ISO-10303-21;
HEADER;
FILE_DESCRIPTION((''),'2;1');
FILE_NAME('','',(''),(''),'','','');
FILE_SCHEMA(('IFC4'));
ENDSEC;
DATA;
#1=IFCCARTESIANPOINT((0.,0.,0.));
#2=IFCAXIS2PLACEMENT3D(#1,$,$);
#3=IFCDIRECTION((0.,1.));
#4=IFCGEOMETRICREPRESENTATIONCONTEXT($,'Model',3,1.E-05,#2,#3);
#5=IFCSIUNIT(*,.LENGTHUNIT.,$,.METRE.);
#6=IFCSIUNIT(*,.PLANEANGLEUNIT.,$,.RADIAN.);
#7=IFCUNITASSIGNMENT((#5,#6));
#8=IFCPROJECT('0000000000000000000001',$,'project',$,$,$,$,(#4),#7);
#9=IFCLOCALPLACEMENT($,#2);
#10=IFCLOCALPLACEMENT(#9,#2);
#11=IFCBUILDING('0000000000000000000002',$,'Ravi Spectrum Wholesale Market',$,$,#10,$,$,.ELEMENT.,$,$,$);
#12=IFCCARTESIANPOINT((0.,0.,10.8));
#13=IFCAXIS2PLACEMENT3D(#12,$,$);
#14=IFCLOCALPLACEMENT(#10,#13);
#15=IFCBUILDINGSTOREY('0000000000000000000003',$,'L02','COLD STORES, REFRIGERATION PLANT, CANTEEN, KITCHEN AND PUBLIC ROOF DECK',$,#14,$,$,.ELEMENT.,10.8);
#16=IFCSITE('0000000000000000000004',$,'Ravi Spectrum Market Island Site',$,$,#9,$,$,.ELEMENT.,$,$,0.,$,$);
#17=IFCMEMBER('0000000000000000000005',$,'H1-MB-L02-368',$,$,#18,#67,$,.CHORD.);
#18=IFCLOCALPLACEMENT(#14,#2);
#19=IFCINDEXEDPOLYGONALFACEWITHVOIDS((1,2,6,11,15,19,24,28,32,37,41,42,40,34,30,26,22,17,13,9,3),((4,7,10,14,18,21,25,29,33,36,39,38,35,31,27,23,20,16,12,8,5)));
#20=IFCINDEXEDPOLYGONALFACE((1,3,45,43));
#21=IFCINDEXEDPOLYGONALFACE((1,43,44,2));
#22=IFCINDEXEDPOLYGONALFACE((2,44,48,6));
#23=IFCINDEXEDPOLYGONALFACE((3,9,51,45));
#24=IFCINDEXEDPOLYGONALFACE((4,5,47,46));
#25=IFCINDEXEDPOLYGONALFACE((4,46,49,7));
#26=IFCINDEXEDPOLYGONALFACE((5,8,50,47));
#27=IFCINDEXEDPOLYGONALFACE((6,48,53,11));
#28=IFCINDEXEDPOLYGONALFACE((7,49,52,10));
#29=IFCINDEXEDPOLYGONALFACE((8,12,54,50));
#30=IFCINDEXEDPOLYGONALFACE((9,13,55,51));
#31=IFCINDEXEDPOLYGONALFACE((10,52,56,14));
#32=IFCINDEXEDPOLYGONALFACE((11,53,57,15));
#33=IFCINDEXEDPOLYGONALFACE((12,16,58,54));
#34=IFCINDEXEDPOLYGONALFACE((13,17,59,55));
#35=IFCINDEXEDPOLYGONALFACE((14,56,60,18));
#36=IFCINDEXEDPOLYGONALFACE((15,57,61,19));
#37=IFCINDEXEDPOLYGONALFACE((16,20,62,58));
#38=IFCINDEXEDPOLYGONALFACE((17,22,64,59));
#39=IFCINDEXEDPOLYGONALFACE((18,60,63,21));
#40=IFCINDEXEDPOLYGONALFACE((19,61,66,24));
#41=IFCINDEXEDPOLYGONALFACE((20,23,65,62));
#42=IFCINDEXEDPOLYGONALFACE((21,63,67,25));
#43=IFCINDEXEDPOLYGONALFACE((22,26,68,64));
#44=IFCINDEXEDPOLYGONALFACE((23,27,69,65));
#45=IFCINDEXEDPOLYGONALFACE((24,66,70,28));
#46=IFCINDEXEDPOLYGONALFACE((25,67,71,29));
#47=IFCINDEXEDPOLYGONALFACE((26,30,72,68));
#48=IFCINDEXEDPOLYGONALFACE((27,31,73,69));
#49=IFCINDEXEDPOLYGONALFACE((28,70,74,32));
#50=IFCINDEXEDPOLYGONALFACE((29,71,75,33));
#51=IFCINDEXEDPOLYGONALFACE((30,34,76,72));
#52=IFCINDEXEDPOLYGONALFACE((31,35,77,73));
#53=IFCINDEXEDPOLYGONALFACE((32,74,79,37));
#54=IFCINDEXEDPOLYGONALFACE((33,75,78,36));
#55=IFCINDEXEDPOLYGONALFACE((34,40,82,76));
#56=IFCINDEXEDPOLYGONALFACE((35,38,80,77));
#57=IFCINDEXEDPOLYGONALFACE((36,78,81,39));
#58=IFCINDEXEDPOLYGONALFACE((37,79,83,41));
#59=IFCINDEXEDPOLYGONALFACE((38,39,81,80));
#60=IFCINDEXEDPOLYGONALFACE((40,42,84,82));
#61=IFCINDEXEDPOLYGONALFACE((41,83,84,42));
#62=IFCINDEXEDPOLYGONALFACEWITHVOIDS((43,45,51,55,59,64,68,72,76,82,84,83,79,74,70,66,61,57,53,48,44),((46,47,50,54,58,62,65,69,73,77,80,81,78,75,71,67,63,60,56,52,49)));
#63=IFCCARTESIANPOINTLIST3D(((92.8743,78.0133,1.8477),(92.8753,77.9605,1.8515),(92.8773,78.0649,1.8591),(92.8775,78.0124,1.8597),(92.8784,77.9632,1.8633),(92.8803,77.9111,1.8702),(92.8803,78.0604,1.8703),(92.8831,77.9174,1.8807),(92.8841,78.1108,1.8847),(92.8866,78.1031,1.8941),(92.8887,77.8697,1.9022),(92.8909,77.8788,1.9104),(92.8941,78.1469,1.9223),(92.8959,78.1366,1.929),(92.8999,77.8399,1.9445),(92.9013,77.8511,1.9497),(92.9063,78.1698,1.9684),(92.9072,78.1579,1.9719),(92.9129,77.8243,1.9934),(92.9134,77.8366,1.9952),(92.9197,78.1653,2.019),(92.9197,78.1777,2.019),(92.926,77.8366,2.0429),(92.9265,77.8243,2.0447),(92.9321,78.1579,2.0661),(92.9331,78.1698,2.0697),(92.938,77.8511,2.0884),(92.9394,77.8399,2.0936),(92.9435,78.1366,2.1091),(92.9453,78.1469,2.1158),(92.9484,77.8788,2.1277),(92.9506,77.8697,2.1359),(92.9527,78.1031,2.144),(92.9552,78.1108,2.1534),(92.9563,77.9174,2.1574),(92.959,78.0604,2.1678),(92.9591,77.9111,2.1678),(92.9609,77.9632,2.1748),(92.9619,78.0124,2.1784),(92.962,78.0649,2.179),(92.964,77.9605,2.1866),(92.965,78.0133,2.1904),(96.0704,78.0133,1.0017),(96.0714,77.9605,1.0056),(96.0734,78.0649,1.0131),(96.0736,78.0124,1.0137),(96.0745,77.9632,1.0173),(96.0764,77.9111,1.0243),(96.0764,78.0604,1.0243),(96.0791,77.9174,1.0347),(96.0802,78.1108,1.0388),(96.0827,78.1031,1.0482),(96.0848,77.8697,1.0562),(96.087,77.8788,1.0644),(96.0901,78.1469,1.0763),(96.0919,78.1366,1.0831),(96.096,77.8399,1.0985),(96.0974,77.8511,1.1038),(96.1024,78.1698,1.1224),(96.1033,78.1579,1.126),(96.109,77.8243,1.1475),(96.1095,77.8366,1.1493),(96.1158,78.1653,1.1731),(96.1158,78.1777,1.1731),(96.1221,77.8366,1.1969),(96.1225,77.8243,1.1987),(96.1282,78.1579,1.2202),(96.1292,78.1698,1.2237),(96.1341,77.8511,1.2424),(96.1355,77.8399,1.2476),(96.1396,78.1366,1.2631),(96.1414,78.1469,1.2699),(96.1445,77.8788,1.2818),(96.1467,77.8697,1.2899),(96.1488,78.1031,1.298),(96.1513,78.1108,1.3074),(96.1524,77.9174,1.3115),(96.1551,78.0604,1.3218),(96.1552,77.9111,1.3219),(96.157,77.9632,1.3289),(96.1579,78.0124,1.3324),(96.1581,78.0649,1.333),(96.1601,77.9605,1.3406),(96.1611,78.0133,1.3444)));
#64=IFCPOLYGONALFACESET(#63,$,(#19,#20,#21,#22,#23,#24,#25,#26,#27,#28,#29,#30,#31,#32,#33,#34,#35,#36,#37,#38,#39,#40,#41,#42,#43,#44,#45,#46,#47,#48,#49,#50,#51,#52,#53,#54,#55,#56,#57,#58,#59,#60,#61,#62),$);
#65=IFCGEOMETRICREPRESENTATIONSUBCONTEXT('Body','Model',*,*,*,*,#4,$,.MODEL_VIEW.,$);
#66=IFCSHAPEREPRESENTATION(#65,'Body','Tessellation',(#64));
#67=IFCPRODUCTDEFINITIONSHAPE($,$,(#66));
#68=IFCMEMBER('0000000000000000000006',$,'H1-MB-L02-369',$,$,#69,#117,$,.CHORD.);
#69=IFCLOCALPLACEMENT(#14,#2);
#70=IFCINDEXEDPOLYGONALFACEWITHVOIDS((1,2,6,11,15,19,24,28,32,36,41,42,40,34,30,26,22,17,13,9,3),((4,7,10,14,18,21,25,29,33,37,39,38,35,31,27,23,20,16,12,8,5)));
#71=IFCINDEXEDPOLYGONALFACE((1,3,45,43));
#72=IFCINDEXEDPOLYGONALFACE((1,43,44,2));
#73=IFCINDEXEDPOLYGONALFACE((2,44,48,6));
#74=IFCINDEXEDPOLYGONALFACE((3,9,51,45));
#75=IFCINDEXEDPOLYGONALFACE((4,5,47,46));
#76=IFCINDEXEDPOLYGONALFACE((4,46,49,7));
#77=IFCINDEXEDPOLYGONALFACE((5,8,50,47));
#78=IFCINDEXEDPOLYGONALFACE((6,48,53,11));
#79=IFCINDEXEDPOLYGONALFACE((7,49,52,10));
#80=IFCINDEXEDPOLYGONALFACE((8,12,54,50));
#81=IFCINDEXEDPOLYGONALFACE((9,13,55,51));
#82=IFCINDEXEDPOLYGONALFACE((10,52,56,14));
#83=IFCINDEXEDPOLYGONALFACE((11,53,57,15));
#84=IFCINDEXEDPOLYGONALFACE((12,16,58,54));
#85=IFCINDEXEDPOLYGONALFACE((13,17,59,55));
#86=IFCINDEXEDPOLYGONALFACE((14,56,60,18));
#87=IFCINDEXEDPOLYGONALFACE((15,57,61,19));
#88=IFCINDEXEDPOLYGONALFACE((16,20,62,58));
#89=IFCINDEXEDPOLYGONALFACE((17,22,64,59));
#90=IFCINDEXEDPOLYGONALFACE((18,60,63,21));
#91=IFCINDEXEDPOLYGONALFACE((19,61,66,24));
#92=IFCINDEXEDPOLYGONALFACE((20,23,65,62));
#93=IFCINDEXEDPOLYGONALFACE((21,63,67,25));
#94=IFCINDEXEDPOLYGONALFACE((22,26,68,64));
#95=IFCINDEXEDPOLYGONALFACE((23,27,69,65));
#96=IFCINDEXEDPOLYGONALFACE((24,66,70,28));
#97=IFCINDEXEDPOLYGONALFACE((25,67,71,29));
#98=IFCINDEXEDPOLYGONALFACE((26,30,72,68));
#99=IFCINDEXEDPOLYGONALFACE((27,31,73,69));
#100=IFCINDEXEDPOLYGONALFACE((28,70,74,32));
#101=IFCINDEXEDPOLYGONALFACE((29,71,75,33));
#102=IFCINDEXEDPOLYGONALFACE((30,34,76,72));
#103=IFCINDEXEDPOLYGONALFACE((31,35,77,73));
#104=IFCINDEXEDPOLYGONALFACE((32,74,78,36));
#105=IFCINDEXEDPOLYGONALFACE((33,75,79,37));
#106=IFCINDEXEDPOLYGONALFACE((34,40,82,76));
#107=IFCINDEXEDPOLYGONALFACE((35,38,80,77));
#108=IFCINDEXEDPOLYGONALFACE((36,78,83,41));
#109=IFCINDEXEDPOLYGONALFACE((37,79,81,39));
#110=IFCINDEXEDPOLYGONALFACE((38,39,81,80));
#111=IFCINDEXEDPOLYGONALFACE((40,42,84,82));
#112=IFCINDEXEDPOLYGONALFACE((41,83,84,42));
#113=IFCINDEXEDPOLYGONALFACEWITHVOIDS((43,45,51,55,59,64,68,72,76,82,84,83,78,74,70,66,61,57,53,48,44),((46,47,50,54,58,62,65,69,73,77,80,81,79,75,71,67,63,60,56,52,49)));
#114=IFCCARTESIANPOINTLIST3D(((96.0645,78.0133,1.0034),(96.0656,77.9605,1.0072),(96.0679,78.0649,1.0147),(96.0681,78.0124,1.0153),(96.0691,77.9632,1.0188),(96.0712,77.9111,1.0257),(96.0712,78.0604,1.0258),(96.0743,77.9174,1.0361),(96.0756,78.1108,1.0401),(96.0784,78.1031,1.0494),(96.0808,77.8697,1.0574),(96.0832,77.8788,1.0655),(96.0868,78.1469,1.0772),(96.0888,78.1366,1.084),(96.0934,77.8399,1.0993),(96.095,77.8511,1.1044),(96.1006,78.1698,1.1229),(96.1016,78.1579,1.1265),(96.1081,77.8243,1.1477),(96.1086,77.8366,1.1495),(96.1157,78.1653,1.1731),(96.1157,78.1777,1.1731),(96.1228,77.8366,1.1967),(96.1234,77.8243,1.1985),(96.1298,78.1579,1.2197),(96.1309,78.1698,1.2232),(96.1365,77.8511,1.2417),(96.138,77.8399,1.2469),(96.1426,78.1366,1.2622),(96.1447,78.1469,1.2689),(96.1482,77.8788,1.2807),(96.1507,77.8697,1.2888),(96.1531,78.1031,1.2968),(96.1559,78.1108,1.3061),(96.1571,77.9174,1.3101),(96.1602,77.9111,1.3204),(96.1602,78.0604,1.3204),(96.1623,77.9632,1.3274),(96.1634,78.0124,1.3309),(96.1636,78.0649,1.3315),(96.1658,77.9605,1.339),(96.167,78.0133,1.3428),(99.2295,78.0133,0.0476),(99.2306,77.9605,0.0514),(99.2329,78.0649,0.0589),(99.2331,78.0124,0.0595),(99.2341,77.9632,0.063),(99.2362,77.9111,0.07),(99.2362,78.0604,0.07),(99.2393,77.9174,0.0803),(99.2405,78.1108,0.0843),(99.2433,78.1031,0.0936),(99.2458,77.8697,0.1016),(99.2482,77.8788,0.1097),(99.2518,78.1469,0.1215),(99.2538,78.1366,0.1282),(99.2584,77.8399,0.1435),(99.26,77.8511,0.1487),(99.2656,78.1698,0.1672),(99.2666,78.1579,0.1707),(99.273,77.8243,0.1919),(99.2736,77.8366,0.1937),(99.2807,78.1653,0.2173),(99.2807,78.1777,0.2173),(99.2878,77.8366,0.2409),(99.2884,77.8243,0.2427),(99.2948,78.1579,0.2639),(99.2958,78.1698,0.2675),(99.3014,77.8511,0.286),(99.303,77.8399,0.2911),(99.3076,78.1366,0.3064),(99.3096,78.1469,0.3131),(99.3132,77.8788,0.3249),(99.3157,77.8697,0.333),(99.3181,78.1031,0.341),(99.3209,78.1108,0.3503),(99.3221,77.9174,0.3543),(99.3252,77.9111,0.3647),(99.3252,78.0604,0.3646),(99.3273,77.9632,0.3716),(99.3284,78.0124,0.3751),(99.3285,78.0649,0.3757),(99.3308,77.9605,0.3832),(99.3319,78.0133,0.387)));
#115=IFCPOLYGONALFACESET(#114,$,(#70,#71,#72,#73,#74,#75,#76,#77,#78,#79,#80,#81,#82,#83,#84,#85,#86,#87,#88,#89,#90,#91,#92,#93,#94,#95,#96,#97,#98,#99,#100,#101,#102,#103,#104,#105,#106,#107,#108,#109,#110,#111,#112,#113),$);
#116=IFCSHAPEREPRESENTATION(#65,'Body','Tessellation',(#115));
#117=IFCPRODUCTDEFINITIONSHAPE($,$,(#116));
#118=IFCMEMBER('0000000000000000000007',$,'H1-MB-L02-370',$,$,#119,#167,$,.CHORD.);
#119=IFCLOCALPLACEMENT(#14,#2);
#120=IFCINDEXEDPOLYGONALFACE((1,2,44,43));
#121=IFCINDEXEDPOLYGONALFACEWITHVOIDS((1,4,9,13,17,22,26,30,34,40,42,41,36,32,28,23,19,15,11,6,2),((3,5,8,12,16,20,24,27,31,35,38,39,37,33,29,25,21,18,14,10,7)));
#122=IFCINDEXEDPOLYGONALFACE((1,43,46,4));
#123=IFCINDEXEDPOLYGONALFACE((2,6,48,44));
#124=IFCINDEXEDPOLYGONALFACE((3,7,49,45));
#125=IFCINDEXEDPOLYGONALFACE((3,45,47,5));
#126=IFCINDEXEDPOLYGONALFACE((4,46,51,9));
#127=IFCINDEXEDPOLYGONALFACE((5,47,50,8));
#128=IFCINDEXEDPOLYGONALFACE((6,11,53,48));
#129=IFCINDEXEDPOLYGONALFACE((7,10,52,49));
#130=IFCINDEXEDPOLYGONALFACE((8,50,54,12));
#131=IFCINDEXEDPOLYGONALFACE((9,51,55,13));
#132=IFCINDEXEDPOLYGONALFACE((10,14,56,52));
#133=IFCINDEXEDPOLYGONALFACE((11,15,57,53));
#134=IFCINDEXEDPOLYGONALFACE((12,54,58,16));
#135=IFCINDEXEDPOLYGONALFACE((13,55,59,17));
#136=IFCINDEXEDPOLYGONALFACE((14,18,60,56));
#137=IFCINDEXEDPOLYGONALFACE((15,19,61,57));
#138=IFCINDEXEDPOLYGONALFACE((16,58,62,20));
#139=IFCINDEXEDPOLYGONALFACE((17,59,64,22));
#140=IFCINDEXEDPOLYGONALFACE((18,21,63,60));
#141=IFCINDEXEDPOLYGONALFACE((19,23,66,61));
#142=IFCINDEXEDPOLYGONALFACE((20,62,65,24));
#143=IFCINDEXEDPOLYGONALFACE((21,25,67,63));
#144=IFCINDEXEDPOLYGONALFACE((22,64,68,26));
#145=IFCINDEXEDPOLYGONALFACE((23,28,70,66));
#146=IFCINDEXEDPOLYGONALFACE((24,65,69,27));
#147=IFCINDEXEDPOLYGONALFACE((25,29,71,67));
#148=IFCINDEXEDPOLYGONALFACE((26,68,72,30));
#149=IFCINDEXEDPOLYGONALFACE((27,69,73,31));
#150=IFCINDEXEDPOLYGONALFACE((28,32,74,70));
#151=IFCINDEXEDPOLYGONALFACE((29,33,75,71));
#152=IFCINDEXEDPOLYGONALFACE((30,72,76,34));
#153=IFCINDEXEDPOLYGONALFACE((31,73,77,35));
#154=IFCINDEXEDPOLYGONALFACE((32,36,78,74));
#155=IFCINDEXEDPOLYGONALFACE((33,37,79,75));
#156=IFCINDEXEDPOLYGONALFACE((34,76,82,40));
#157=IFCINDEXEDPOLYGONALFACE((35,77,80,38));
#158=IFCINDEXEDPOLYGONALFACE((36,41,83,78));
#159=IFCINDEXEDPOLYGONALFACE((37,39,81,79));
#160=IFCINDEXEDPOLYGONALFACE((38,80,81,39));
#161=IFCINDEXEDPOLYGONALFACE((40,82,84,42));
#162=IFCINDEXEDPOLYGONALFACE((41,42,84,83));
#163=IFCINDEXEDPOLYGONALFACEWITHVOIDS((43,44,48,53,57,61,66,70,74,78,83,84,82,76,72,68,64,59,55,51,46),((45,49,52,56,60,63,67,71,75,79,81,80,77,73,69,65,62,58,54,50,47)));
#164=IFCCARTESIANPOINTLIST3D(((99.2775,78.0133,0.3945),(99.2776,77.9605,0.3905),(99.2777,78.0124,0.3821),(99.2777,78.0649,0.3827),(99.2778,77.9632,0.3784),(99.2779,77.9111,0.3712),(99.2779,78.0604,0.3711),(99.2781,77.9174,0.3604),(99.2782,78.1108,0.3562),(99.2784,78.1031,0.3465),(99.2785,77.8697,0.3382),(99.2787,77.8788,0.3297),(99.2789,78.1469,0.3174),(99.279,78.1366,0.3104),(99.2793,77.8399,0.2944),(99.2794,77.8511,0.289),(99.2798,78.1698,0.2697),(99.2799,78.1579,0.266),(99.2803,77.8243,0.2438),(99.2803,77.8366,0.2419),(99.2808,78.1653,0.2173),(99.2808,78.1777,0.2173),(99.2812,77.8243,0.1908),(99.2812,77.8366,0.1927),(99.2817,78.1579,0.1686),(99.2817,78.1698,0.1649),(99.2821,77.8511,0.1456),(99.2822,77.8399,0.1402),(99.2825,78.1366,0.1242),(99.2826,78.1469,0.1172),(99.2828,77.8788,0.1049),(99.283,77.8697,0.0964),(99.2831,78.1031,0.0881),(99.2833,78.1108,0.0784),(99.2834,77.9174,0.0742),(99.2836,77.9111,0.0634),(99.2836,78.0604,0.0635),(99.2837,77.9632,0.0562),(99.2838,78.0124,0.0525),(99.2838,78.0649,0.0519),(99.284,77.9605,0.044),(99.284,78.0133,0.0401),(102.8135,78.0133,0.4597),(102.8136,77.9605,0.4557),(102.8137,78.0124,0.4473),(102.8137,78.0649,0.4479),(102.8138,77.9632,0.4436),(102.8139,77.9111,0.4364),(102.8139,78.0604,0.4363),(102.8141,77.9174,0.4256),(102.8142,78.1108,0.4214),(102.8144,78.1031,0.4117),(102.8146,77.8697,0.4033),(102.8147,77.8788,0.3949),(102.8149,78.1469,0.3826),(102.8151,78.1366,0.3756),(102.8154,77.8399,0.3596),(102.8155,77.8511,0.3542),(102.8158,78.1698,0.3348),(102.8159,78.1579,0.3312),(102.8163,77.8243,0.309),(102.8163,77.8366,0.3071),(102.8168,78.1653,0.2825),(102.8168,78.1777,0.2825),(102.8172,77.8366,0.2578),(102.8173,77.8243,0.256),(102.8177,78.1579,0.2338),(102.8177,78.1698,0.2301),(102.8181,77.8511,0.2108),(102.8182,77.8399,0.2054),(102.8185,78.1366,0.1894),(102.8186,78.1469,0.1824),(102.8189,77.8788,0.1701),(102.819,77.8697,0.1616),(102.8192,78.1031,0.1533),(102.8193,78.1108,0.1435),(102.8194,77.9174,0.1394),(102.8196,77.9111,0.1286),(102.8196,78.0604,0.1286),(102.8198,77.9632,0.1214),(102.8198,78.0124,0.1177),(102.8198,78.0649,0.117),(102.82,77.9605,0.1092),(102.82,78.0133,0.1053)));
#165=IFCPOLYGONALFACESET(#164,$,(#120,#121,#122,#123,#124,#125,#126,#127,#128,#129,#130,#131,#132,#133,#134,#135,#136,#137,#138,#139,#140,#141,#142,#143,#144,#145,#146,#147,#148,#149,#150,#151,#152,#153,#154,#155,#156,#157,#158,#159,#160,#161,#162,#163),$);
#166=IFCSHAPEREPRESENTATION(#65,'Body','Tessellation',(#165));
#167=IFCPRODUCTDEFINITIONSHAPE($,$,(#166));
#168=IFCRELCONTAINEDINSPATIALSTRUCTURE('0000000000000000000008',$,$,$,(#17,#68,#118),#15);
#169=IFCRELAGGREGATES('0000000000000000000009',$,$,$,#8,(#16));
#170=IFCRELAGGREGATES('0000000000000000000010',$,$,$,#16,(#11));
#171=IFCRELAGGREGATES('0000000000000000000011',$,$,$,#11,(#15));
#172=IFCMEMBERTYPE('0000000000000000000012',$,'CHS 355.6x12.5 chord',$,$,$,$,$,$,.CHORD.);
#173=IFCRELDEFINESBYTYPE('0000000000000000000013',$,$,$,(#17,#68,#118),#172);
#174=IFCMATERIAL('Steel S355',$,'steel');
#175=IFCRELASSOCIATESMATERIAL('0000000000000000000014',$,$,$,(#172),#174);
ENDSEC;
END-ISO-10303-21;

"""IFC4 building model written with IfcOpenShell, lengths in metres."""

from ifc_helpers import new_model, si_unit, direction, frame, origin, origin_2d, place, context, subcontext, project, spatial, hollow_circle, extrude, material, material_profile, profile_set, type_object, element, save


model = new_model("IFC4")

# Units and contexts
model_context = context("Model", 3, precision=1e-05, world=origin(), true_north=direction((0.0, 1.0)))
body_context = subcontext(model_context, "Body", "Model", "MODEL_VIEW")
ifc_project = project(units=[si_unit("LENGTHUNIT", "METRE"), si_unit("PLANEANGLEUNIT", "RADIAN")], contexts=[model_context])

# Site, building, storey
site_placement = place(None, origin())
site = spatial("IfcSite", under=ifc_project, at=site_placement, Name="Ravi Spectrum Market Island Site", CompositionType="ELEMENT", RefElevation=0.0)
building_placement = place(site_placement, origin())
building = spatial("IfcBuilding", under=site, at=building_placement, Name="Ravi Spectrum Wholesale Market", CompositionType="ELEMENT")
storey_placement = place(building_placement, frame((0.0, 0.0, 10.8)))
storey = spatial("IfcBuildingStorey", under=building, at=storey_placement, Name="L02", Description="COLD STORES, REFRIGERATION PLANT, CANTEEN, KITCHEN AND PUBLIC ROOF DECK", CompositionType="ELEMENT", Elevation=10.8)

# Members
ifc_material_1 = material(Name="Steel S355", Category="steel")
ifc_material_profile_1 = material_profile(ifc_material_1, hollow_circle(Radius=0.1777, WallThickness=0.0125, at=origin_2d()))
ifc_profile_set_1 = profile_set([ifc_material_profile_1], Name="Steel S355")
member_type_1 = type_object("IfcMemberType", Name="CHS 355.6x12.5 chord", PredefinedType="CHORD", material=ifc_profile_set_1)
for number, where, z_axis, x_axis, name in (
    (1, (92.9197, 78.0, 2.019), (0.96671, 0.0, -0.255874), (0.0, 1.0, 0.0), "H1-MB-L02-368"),
    (2, (96.1157, 78.0, 1.1731), (0.9573, 0.0, -0.289095), (0.0, 1.0, 0.0), "H1-MB-L02-369"),
):
    element("IfcMember", number, at=place(storey_placement, frame(where, z_axis=z_axis, x_axis=x_axis)), inside=storey, type_object=member_type_1, Name=name, PredefinedType="CHORD", context=body_context, shape_type="SweptSolid", body=[
        extrude(hollow_circle(Radius=0.1777, WallThickness=0.0125, at=origin_2d()), origin(), (0.0, 0.0, 1.0), 3.3062),
    ])
member_1_placement = place(storey_placement, frame((99.2808, 78.0, 0.2173), z_axis=(0.99983, 0.0, 0.018431), x_axis=(0.0, 1.0, 0.0)))
element("IfcMember", 3, at=member_1_placement, inside=storey, type_object=member_type_1, Name="H1-MB-L02-370", PredefinedType="CHORD", context=body_context, shape_type="SweptSolid", body=[
    extrude(hollow_circle(Radius=0.1777, WallThickness=0.0125, at=origin_2d()), origin(), (0.0, 0.0, 1.0), 3.5366),
])

save(model, "model.ifc")
